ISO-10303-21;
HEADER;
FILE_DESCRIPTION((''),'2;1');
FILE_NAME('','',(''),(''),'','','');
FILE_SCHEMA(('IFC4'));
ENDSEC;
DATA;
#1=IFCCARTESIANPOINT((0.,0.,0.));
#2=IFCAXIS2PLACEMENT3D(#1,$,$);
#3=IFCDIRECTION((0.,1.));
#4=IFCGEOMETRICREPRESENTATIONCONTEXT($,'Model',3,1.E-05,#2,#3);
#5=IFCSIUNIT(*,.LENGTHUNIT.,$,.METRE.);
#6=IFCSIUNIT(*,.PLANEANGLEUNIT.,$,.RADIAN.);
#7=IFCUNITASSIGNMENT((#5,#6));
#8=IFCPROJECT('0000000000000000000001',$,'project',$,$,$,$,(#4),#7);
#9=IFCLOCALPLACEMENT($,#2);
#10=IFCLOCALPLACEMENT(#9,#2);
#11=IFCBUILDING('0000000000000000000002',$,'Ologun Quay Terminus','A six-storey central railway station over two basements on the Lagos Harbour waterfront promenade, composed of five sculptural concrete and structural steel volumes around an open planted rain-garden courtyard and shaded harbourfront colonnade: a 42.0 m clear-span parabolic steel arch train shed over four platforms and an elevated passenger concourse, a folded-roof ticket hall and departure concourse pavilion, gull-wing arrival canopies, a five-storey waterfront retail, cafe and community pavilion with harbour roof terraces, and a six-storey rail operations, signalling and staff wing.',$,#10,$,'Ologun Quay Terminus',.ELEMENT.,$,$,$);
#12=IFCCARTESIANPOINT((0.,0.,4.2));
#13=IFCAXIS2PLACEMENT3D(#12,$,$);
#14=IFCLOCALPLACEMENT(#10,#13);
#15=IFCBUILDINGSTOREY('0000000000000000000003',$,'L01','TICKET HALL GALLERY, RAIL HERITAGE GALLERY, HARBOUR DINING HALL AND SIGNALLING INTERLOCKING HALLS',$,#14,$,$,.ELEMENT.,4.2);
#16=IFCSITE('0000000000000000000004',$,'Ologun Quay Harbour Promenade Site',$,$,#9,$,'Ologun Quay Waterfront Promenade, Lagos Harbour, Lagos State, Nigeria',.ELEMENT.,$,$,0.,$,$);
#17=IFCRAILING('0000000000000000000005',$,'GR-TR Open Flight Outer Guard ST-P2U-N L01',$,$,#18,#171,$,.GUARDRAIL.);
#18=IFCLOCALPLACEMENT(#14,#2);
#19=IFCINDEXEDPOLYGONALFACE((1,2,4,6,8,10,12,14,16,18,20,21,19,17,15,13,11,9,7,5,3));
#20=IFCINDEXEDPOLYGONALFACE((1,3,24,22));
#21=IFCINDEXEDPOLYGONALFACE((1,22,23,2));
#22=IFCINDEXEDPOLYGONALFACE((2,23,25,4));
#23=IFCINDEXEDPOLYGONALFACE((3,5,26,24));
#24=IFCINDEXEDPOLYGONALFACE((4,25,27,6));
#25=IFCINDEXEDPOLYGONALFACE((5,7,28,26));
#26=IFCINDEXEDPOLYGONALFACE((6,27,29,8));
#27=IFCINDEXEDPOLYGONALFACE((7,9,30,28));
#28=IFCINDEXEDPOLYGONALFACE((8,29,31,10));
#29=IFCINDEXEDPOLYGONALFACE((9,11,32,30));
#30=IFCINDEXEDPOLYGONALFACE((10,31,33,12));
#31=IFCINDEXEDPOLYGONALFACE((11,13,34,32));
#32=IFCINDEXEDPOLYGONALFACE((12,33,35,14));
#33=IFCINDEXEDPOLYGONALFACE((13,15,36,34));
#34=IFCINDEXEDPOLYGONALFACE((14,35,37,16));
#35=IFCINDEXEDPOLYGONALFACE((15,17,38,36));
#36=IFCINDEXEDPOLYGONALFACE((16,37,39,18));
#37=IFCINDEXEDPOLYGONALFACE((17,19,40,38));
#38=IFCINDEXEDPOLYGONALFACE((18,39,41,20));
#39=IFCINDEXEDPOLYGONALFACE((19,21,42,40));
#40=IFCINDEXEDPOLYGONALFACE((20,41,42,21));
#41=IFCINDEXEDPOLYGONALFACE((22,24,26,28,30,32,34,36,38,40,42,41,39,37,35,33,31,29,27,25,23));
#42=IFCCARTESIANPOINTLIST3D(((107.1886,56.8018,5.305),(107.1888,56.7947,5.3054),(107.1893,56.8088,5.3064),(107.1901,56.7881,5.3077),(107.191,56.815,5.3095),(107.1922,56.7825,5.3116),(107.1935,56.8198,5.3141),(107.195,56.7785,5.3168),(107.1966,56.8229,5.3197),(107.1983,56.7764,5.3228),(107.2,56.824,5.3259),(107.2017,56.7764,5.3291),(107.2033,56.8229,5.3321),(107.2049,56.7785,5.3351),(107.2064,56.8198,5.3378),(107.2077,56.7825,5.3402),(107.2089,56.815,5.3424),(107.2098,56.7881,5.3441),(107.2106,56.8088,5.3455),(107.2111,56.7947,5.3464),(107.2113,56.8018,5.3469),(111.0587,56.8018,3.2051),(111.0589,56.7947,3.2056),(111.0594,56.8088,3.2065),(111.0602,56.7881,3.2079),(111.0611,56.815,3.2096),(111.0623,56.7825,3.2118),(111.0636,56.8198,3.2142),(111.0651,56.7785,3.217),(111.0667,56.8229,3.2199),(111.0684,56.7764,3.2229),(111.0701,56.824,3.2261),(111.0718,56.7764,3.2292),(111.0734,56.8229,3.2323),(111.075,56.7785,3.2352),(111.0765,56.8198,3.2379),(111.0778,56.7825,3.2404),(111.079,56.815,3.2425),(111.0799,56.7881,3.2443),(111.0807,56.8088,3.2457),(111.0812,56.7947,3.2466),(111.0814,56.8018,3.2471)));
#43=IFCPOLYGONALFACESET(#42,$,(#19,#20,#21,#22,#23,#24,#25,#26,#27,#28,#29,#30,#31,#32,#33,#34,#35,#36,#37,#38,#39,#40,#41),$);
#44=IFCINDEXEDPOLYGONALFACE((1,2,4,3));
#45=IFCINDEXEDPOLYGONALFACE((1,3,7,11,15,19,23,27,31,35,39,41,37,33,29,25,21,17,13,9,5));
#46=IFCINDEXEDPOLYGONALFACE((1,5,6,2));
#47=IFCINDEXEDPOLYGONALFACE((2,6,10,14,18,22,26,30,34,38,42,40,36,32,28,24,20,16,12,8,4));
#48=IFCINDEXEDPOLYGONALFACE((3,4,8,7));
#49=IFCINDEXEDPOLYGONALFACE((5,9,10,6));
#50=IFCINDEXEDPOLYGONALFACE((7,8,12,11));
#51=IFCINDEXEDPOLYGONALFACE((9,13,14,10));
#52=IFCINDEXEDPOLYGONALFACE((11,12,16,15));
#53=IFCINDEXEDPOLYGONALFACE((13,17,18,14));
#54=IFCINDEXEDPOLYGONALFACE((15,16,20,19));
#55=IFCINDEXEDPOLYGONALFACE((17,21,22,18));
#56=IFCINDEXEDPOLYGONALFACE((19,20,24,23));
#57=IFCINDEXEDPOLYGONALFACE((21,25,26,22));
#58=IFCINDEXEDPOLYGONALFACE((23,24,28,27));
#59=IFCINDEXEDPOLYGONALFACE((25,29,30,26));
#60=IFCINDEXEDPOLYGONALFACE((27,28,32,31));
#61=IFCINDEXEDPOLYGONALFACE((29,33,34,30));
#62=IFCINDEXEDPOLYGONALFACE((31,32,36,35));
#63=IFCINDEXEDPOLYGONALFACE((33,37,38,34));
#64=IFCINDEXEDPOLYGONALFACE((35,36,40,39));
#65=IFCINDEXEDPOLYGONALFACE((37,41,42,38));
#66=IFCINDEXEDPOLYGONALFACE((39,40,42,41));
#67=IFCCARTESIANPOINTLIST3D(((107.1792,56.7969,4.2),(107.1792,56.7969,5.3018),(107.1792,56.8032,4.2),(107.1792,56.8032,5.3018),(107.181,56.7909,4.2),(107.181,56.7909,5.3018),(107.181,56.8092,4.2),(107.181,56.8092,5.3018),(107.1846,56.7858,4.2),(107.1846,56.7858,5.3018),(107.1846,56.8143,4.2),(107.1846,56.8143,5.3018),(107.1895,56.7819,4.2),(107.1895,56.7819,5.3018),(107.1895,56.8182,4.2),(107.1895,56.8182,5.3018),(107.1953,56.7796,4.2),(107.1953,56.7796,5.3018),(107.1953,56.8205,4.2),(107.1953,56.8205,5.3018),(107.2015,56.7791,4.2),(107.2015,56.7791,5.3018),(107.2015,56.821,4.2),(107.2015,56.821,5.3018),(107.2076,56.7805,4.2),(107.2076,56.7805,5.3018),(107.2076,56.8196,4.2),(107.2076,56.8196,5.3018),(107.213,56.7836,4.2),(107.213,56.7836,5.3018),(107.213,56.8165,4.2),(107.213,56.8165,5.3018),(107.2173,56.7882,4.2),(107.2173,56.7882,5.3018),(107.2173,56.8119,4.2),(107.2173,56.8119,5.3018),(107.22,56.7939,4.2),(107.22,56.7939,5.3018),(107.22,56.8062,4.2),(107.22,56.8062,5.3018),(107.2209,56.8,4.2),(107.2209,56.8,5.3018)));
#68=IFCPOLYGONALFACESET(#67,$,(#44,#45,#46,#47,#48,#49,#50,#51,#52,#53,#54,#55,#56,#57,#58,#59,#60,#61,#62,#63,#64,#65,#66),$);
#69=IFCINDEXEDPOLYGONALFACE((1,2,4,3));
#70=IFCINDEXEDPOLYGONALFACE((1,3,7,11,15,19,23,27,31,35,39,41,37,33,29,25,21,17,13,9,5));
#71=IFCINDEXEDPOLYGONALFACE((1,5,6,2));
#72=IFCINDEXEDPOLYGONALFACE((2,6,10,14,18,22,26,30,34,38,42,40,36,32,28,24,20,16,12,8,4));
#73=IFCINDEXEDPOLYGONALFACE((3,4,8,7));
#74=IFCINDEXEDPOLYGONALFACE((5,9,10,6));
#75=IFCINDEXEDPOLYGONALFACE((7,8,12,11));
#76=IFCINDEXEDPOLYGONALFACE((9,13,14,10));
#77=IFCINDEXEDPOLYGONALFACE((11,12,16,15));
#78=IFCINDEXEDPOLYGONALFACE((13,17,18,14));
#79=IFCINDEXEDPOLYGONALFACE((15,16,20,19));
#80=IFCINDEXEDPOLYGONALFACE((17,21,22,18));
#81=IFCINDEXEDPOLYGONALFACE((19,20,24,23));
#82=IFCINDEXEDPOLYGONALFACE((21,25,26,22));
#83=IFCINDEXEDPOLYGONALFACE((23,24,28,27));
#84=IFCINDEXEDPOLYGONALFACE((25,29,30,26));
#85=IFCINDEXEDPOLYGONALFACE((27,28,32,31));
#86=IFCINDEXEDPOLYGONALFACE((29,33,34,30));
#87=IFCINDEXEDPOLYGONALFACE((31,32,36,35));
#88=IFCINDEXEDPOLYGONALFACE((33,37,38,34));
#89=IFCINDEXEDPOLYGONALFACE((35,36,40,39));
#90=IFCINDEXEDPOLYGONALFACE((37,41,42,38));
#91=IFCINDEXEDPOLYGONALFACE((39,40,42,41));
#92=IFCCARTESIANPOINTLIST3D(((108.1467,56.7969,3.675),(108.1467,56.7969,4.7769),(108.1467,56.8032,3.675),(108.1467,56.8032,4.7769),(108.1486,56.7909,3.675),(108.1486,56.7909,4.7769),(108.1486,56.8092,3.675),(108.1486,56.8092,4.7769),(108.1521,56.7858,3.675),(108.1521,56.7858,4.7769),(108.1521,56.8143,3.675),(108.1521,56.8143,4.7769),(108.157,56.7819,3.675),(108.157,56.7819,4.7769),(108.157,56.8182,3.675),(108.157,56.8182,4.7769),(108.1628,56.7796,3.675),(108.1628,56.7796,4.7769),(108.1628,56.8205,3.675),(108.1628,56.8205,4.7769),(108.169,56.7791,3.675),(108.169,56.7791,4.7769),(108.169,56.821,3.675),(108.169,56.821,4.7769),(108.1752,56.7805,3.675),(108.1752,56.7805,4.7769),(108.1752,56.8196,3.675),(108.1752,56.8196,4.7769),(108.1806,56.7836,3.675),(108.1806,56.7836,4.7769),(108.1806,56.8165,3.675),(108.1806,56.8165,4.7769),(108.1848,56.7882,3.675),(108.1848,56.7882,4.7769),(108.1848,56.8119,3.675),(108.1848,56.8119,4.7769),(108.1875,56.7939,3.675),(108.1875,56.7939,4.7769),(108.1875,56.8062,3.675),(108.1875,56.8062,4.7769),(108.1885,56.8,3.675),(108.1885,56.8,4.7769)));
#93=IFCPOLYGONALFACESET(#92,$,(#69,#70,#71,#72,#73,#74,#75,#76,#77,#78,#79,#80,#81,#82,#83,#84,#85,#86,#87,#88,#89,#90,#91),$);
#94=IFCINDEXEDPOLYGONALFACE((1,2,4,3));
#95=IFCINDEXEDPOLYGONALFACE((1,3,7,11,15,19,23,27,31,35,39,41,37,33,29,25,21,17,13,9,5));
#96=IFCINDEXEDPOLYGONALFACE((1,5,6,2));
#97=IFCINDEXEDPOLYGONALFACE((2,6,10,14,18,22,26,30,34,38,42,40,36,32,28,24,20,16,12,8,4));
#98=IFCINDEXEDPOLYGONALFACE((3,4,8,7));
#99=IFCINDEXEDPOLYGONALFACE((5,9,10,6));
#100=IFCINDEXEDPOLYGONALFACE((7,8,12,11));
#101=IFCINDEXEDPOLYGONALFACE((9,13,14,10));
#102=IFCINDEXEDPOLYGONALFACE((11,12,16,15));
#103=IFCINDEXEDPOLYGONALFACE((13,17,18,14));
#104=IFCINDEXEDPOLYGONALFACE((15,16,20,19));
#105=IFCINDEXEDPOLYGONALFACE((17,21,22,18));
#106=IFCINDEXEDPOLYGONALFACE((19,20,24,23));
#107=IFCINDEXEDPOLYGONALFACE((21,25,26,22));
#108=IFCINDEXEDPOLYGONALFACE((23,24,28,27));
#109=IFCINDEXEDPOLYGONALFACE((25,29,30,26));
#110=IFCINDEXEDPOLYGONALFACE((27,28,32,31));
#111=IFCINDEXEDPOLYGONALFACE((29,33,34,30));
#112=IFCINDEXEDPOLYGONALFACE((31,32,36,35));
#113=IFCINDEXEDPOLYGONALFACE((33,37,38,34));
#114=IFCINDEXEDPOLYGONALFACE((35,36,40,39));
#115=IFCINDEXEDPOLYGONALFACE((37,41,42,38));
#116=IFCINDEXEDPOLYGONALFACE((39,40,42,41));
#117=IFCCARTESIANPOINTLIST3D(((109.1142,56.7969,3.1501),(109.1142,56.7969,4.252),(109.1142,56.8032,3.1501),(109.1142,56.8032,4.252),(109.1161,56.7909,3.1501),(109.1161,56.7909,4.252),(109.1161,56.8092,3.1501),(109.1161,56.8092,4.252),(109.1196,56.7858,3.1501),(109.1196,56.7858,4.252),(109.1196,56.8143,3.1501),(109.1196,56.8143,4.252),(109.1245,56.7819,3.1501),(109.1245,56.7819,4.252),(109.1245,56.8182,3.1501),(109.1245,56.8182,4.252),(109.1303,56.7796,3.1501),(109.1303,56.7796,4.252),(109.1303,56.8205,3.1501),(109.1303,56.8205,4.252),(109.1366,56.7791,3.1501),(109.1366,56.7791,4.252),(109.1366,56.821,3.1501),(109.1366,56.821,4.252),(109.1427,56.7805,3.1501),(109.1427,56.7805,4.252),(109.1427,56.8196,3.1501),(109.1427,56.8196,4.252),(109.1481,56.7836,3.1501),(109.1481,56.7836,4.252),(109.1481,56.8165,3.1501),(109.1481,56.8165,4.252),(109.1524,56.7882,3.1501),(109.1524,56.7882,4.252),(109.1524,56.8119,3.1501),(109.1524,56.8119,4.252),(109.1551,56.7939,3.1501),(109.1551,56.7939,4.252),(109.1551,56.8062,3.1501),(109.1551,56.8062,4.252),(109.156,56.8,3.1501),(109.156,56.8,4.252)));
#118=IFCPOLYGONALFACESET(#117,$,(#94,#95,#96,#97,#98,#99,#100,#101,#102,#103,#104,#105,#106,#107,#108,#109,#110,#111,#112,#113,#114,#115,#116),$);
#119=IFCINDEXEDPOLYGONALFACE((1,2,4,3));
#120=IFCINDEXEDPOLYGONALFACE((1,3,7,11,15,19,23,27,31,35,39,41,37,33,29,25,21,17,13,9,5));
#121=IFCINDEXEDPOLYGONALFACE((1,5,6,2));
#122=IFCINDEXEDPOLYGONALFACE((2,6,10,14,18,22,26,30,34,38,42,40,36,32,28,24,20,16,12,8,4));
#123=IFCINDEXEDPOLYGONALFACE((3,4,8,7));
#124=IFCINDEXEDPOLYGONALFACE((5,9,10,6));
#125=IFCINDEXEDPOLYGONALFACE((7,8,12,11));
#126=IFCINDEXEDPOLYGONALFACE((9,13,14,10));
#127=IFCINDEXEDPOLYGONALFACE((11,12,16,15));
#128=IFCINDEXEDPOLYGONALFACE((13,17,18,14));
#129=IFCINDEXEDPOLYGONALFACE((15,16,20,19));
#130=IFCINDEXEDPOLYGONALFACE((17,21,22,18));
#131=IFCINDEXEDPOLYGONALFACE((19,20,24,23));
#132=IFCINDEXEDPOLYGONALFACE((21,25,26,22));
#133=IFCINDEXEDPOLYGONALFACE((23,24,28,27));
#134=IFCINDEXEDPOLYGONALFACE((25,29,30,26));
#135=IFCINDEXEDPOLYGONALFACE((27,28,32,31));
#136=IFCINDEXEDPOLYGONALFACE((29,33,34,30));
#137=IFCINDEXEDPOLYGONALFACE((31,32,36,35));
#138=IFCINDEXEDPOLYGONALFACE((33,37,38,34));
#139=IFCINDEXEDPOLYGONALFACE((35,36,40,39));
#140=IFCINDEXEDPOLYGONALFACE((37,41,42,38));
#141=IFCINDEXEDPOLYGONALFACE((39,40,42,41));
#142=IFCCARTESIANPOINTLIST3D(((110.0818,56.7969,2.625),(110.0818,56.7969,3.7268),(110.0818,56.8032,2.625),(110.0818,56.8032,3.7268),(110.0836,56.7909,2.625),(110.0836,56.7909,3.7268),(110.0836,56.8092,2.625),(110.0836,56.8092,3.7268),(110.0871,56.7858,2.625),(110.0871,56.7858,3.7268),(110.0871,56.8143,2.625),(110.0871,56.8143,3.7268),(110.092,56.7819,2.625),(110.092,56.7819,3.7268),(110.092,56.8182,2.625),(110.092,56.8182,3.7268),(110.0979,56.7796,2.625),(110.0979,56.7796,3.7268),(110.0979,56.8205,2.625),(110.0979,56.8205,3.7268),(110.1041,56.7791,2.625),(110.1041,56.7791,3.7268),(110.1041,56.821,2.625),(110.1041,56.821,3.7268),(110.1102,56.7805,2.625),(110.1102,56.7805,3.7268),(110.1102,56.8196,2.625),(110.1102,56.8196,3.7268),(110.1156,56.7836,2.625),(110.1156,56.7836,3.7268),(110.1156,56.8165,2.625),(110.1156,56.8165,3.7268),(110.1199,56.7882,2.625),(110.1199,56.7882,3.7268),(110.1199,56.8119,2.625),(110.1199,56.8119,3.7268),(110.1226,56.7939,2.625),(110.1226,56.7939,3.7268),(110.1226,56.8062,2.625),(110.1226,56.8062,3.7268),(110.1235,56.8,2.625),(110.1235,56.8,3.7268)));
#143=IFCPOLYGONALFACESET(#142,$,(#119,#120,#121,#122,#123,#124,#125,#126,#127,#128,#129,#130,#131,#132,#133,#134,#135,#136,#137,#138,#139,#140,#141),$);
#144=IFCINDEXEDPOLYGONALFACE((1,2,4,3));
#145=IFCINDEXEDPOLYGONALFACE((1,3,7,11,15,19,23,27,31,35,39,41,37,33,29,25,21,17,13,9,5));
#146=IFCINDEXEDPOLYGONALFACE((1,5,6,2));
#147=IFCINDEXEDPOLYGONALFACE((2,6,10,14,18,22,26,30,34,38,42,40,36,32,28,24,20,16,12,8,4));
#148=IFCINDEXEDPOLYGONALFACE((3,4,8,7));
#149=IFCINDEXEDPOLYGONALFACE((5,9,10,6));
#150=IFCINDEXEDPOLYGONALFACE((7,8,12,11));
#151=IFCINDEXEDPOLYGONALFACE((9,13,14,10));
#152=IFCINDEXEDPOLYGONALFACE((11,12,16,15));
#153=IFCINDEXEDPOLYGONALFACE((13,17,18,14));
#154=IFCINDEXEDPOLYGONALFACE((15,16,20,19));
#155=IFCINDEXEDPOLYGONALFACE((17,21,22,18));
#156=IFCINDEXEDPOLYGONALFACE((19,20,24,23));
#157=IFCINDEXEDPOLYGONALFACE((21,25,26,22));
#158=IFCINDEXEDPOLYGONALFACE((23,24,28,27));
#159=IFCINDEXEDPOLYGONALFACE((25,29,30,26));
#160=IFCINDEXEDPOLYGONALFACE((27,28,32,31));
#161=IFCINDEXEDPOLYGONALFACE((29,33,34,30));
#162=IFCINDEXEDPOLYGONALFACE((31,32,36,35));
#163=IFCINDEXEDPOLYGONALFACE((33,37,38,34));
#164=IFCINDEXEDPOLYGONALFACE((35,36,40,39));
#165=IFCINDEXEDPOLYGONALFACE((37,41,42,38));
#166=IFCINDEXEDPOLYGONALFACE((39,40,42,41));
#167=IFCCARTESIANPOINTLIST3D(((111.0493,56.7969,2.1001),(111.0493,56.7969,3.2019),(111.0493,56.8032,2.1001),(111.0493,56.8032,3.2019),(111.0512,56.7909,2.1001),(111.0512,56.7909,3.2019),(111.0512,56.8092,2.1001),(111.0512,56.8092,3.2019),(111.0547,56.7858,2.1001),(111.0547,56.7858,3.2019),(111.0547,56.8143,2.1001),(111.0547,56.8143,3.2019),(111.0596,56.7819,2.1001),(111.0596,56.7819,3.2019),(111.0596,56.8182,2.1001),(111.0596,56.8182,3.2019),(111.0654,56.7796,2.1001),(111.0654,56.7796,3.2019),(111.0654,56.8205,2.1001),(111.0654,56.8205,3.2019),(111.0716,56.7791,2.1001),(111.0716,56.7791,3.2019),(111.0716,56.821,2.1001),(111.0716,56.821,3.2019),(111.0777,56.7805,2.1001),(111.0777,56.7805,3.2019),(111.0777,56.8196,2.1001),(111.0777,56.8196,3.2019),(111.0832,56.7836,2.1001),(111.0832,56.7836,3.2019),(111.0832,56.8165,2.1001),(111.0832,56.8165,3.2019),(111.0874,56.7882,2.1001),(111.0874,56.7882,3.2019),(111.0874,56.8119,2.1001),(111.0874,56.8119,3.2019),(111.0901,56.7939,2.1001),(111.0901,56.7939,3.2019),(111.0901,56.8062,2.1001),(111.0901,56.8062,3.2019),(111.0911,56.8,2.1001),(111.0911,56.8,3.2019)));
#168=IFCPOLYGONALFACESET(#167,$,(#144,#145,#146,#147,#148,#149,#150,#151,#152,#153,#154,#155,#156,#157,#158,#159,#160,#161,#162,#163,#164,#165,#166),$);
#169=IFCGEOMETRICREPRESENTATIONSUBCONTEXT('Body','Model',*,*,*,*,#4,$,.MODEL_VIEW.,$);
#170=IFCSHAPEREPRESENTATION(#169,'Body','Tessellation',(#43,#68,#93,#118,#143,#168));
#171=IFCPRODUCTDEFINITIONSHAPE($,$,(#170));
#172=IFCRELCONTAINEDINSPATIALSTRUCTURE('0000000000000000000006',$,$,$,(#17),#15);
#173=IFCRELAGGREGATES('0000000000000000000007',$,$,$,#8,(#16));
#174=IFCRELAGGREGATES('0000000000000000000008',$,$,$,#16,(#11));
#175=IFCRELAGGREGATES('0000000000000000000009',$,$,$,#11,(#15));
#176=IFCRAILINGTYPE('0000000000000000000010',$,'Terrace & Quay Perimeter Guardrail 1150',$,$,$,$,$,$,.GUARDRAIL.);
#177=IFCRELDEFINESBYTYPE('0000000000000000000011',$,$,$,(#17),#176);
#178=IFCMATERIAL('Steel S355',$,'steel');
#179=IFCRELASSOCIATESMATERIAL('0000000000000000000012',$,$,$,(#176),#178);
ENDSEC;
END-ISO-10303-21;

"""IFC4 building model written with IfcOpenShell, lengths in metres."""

from ifc_helpers import new_model, si_unit, direction, frame, origin, origin_2d, place, context, subcontext, project, spatial, circle, extrude, material, type_object, element, save


model = new_model("IFC4")

# Units and contexts
model_context = context("Model", 3, precision=1e-05, world=origin(), true_north=direction((0.0, 1.0)))
body_context = subcontext(model_context, "Body", "Model", "MODEL_VIEW")
ifc_project = project(units=[si_unit("LENGTHUNIT", "METRE"), si_unit("PLANEANGLEUNIT", "RADIAN")], contexts=[model_context])

# Site, building, storey
site_placement = place(None, origin())
site = spatial("IfcSite", under=ifc_project, at=site_placement, Name="Ologun Quay Harbour Promenade Site", LongName="Ologun Quay Waterfront Promenade, Lagos Harbour, Lagos State, Nigeria", CompositionType="ELEMENT", RefElevation=0.0)
building_placement = place(site_placement, origin())
building = spatial("IfcBuilding", under=site, at=building_placement, Name="Ologun Quay Terminus", Description="A six-storey central railway station over two basements on the Lagos Harbour waterfront promenade, composed of five sculptural concrete and structural steel volumes around an open planted rain-garden courtyard and shaded harbourfront colonnade: a 42.0 m clear-span parabolic steel arch train shed over four platforms and an elevated passenger concourse, a folded-roof ticket hall and departure concourse pavilion, gull-wing arrival canopies, a five-storey waterfront retail, cafe and community pavilion with harbour roof terraces, and a six-storey rail operations, signalling and staff wing.", LongName="Ologun Quay Terminus", CompositionType="ELEMENT")
storey_placement = place(building_placement, frame((0.0, 0.0, 4.2)))
storey = spatial("IfcBuildingStorey", under=building, at=storey_placement, Name="L01", Description="TICKET HALL GALLERY, RAIL HERITAGE GALLERY, HARBOUR DINING HALL AND SIGNALLING INTERLOCKING HALLS", CompositionType="ELEMENT", Elevation=4.2)

# Railing
ifc_material_1 = material(Name="Steel S355", Category="steel")
railing_type_1 = type_object("IfcRailingType", Name="Terrace & Quay Perimeter Guardrail 1150", PredefinedType="GUARDRAIL", material=ifc_material_1)
railing_1_placement = place(storey_placement, frame((107.2, 56.8, 4.2)))
element("IfcRailing", 1, at=railing_1_placement, inside=storey, type_object=railing_type_1, Name="GR-TR Open Flight Outer Guard ST-P2U-N L01", PredefinedType="GUARDRAIL", context=body_context, shape_type="SweptSolid", body=[
    extrude(circle(Radius=0.0239, at=origin_2d()), frame((0.0, 0.0, 1.126), z_axis=(0.878955, 0.0, -0.476905), x_axis=(0.0, 1.0, 0.0)), (0.0, 0.0, 1.0), 4.4031),
    extrude(circle(Radius=0.021, at=origin_2d()), origin(), (0.0, 0.0, 1.0), 1.1018),
    extrude(circle(Radius=0.021, at=origin_2d()), frame((0.9675, 0.0, -0.5249)), (0.0, 0.0, 1.0), 1.1018),
    extrude(circle(Radius=0.021, at=origin_2d()), frame((1.9351, 0.0, -1.0498)), (0.0, 0.0, 1.0), 1.1018),
    extrude(circle(Radius=0.021, at=origin_2d()), frame((2.9026, 0.0, -1.575)), (0.0, 0.0, 1.0), 1.1018),
    extrude(circle(Radius=0.021, at=origin_2d()), frame((3.8701, 0.0, -2.0999)), (0.0, 0.0, 1.0), 1.1018),
])

save(model, "model.ifc")
